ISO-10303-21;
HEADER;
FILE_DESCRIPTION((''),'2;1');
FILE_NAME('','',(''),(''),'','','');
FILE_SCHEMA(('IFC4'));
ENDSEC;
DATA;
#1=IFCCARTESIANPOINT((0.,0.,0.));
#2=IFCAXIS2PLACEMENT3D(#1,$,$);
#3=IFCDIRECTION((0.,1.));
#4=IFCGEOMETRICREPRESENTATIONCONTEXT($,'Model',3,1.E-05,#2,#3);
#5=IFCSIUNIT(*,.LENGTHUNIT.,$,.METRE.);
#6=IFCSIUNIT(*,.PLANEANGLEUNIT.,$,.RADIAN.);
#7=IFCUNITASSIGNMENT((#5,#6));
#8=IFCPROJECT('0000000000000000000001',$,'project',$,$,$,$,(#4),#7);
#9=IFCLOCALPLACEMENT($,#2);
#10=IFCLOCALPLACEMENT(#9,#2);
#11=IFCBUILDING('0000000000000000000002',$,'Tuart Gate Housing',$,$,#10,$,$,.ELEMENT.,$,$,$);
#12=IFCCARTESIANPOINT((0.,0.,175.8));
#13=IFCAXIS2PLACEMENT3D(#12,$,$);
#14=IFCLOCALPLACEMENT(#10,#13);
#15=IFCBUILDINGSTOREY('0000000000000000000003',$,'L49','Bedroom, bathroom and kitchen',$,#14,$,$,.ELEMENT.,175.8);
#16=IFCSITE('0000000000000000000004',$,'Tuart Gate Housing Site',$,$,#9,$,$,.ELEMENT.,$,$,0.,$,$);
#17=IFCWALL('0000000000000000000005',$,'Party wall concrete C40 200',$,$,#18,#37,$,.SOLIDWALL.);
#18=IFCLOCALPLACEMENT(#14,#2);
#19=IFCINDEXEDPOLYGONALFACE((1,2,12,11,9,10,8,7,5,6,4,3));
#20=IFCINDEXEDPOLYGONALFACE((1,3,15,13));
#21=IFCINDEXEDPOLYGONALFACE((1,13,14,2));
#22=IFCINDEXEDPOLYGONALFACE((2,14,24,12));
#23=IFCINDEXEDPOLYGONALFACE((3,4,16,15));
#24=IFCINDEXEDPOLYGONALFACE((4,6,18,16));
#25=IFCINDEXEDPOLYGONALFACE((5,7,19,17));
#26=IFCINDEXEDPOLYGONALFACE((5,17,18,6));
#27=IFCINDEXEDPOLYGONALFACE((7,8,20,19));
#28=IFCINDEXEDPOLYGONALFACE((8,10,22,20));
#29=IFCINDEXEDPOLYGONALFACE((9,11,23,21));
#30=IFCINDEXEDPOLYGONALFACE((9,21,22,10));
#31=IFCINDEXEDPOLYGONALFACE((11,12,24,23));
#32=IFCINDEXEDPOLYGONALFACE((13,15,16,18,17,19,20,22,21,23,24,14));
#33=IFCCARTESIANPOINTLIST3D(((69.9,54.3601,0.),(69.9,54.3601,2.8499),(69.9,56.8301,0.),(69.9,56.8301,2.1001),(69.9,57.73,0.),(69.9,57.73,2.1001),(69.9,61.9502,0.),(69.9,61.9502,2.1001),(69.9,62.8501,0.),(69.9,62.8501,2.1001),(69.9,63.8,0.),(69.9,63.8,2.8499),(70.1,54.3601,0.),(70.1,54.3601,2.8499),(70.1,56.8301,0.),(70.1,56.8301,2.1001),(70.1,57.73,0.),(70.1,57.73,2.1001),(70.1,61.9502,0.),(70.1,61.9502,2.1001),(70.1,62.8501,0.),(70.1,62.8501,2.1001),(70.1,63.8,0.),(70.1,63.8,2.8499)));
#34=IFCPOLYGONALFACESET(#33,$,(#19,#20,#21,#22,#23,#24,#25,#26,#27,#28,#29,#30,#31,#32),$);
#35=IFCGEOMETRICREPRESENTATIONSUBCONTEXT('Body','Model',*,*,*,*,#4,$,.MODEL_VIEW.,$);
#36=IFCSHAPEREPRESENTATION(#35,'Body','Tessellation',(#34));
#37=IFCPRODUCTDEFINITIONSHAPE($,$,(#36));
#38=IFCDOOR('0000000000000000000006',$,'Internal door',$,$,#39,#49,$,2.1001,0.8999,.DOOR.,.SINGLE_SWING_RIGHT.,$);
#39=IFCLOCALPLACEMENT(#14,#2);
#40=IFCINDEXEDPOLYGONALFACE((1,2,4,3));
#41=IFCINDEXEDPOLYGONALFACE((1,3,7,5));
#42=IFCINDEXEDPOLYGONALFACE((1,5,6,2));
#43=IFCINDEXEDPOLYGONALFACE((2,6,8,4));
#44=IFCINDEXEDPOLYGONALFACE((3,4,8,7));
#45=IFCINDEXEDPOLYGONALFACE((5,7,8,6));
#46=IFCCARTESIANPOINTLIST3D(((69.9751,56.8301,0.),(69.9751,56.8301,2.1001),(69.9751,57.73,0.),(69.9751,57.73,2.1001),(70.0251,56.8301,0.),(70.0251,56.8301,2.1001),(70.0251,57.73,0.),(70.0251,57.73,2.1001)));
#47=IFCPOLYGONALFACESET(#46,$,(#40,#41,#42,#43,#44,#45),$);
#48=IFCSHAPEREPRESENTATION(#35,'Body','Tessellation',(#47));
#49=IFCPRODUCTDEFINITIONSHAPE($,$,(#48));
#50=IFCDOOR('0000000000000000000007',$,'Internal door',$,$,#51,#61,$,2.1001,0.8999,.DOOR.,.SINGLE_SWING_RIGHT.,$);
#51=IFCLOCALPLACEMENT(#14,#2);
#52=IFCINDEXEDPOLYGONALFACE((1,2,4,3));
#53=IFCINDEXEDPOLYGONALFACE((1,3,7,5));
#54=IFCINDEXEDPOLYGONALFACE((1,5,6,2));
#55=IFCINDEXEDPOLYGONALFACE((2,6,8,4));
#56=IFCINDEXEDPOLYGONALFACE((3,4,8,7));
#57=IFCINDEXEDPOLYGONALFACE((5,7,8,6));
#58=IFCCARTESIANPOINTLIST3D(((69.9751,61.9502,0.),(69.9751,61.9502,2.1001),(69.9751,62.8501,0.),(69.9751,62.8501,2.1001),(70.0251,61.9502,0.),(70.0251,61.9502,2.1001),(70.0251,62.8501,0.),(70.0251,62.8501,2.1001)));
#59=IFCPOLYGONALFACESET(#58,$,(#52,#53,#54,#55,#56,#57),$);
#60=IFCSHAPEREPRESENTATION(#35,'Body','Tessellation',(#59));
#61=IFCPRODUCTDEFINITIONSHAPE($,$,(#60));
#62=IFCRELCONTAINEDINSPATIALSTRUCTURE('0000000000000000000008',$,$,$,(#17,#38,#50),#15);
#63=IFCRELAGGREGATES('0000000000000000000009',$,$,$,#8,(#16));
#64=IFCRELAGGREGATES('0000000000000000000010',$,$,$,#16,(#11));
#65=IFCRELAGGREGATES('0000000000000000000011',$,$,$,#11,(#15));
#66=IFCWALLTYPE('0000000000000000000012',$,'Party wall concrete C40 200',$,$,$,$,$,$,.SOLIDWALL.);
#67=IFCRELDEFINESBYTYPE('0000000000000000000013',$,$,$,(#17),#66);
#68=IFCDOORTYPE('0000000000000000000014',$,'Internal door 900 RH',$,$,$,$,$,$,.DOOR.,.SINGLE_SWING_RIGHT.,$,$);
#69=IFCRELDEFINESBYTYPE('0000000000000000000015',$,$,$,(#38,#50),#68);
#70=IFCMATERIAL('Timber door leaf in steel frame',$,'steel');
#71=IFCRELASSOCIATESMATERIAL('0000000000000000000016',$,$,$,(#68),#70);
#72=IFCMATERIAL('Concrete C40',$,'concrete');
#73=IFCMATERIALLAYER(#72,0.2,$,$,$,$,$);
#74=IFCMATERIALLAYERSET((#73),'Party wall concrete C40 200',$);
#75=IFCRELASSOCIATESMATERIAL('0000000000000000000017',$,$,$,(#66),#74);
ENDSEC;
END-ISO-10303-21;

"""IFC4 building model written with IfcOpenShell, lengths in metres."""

from ifc_helpers import new_model, si_unit, direction, frame, frame_2d, origin, place, context, subcontext, project, spatial, rectangle, extrude, material, layer, layer_set, type_object, element, fill, save


model = new_model("IFC4")

# Units and contexts
model_context = context("Model", 3, precision=1e-05, world=origin(), true_north=direction((0.0, 1.0)))
body_context = subcontext(model_context, "Body", "Model", "MODEL_VIEW")
ifc_project = project(units=[si_unit("LENGTHUNIT", "METRE"), si_unit("PLANEANGLEUNIT", "RADIAN")], contexts=[model_context])

# Site, building, storey
site_placement = place(None, origin())
site = spatial("IfcSite", under=ifc_project, at=site_placement, Name="Tuart Gate Housing Site", CompositionType="ELEMENT", RefElevation=0.0)
building_placement = place(site_placement, origin())
building = spatial("IfcBuilding", under=site, at=building_placement, Name="Tuart Gate Housing", CompositionType="ELEMENT")
storey_placement = place(building_placement, frame((0.0, 0.0, 175.8)))
storey = spatial("IfcBuildingStorey", under=building, at=storey_placement, Name="L49", Description="Bedroom, bathroom and kitchen", CompositionType="ELEMENT", Elevation=175.8)

# Shared definitions
ifc_material_1 = material(Name="Timber door leaf in steel frame", Category="steel")
door_type_1 = type_object("IfcDoorType", Name="Internal door 900 RH", OperationType="SINGLE_SWING_RIGHT", PredefinedType="DOOR", material=ifc_material_1)

# Shared definitions
ifc_material_2 = material(Name="Concrete C40", Category="concrete")
ifc_layer_1 = layer(ifc_material_2, 0.2)
ifc_layer_set_1 = layer_set([ifc_layer_1], Name="Party wall concrete C40 200")
wall_type_1 = type_object("IfcWallType", Name="Party wall concrete C40 200", PredefinedType="SOLIDWALL", material=ifc_layer_set_1)

# Wall, openings, doors
wall_1_placement = place(storey_placement, frame((70.0, 54.3601, 0.0), z_axis=(0.0, 0.0, 1.0), x_axis=(0.0, 1.0, 0.0)))
wall_1 = element("IfcWall", 1, at=wall_1_placement, inside=storey, type_object=wall_type_1, Name="Party wall concrete C40 200", PredefinedType="SOLIDWALL", context=body_context, shape_type="SweptSolid", body=[
    extrude(rectangle(XDim=9.4399, YDim=0.2, at=frame_2d((4.72, 0.0))), origin(), (0.0, 0.0, 1.0), 2.8499),
])
opening_1_placement = place(wall_1_placement, frame((2.47, 0.0, 0.0)))
opening_1 = element("IfcOpeningElement", 2, at=opening_1_placement, cuts=wall_1, PredefinedType="OPENING", context=body_context, shape_type="SweptSolid", body=[
    extrude(rectangle(XDim=0.8999, YDim=2.1001, at=frame_2d((0.45, 1.05))), frame((0.0, 0.1099, 0.0), z_axis=(0.0, -1.0, 0.0), x_axis=(1.0, 0.0, 0.0)), (0.0, 0.0, 1.0), 0.22),
])
opening_2_placement = place(wall_1_placement, frame((7.5901, 0.0, 0.0)))
opening_2 = element("IfcOpeningElement", 3, at=opening_2_placement, cuts=wall_1, PredefinedType="OPENING", context=body_context, shape_type="SweptSolid", body=[
    extrude(rectangle(XDim=0.8999, YDim=2.1001, at=frame_2d((0.45, 1.05))), frame((0.0, 0.1099, 0.0), z_axis=(0.0, -1.0, 0.0), x_axis=(1.0, 0.0, 0.0)), (0.0, 0.0, 1.0), 0.22),
])
door_1_placement = place(opening_1_placement, frame((0.8999, 0.0, 0.0), z_axis=(0.0, 0.0, 1.0), x_axis=(-1.0, 0.0, 0.0)))
door_1 = element("IfcDoor", 4, at=door_1_placement, inside=storey, type_object=door_type_1, Name="Internal door", OperationType="SINGLE_SWING_RIGHT", OverallHeight=2.1001, OverallWidth=0.8999, PredefinedType="DOOR", context=body_context, shape_type="SweptSolid", body=[
    extrude(rectangle(XDim=0.8999, YDim=2.1001, at=frame_2d((0.45, 1.05))), frame((0.0, 0.0251, 0.0), z_axis=(0.0, -1.0, 0.0), x_axis=(1.0, 0.0, 0.0)), (0.0, 0.0, 1.0), 0.05),
])
fill(opening_1, door_1)
door_2_placement = place(opening_2_placement, frame((0.8999, 0.0, 0.0), z_axis=(0.0, 0.0, 1.0), x_axis=(-1.0, 0.0, 0.0)))
door_2 = element("IfcDoor", 5, at=door_2_placement, inside=storey, type_object=door_type_1, Name="Internal door", OperationType="SINGLE_SWING_RIGHT", OverallHeight=2.1001, OverallWidth=0.8999, PredefinedType="DOOR", context=body_context, shape_type="SweptSolid", body=[
    extrude(rectangle(XDim=0.8999, YDim=2.1001, at=frame_2d((0.45, 1.05))), frame((0.0, 0.0251, 0.0), z_axis=(0.0, -1.0, 0.0), x_axis=(1.0, 0.0, 0.0)), (0.0, 0.0, 1.0), 0.05),
])
fill(opening_2, door_2)

save(model, "model.ifc")
